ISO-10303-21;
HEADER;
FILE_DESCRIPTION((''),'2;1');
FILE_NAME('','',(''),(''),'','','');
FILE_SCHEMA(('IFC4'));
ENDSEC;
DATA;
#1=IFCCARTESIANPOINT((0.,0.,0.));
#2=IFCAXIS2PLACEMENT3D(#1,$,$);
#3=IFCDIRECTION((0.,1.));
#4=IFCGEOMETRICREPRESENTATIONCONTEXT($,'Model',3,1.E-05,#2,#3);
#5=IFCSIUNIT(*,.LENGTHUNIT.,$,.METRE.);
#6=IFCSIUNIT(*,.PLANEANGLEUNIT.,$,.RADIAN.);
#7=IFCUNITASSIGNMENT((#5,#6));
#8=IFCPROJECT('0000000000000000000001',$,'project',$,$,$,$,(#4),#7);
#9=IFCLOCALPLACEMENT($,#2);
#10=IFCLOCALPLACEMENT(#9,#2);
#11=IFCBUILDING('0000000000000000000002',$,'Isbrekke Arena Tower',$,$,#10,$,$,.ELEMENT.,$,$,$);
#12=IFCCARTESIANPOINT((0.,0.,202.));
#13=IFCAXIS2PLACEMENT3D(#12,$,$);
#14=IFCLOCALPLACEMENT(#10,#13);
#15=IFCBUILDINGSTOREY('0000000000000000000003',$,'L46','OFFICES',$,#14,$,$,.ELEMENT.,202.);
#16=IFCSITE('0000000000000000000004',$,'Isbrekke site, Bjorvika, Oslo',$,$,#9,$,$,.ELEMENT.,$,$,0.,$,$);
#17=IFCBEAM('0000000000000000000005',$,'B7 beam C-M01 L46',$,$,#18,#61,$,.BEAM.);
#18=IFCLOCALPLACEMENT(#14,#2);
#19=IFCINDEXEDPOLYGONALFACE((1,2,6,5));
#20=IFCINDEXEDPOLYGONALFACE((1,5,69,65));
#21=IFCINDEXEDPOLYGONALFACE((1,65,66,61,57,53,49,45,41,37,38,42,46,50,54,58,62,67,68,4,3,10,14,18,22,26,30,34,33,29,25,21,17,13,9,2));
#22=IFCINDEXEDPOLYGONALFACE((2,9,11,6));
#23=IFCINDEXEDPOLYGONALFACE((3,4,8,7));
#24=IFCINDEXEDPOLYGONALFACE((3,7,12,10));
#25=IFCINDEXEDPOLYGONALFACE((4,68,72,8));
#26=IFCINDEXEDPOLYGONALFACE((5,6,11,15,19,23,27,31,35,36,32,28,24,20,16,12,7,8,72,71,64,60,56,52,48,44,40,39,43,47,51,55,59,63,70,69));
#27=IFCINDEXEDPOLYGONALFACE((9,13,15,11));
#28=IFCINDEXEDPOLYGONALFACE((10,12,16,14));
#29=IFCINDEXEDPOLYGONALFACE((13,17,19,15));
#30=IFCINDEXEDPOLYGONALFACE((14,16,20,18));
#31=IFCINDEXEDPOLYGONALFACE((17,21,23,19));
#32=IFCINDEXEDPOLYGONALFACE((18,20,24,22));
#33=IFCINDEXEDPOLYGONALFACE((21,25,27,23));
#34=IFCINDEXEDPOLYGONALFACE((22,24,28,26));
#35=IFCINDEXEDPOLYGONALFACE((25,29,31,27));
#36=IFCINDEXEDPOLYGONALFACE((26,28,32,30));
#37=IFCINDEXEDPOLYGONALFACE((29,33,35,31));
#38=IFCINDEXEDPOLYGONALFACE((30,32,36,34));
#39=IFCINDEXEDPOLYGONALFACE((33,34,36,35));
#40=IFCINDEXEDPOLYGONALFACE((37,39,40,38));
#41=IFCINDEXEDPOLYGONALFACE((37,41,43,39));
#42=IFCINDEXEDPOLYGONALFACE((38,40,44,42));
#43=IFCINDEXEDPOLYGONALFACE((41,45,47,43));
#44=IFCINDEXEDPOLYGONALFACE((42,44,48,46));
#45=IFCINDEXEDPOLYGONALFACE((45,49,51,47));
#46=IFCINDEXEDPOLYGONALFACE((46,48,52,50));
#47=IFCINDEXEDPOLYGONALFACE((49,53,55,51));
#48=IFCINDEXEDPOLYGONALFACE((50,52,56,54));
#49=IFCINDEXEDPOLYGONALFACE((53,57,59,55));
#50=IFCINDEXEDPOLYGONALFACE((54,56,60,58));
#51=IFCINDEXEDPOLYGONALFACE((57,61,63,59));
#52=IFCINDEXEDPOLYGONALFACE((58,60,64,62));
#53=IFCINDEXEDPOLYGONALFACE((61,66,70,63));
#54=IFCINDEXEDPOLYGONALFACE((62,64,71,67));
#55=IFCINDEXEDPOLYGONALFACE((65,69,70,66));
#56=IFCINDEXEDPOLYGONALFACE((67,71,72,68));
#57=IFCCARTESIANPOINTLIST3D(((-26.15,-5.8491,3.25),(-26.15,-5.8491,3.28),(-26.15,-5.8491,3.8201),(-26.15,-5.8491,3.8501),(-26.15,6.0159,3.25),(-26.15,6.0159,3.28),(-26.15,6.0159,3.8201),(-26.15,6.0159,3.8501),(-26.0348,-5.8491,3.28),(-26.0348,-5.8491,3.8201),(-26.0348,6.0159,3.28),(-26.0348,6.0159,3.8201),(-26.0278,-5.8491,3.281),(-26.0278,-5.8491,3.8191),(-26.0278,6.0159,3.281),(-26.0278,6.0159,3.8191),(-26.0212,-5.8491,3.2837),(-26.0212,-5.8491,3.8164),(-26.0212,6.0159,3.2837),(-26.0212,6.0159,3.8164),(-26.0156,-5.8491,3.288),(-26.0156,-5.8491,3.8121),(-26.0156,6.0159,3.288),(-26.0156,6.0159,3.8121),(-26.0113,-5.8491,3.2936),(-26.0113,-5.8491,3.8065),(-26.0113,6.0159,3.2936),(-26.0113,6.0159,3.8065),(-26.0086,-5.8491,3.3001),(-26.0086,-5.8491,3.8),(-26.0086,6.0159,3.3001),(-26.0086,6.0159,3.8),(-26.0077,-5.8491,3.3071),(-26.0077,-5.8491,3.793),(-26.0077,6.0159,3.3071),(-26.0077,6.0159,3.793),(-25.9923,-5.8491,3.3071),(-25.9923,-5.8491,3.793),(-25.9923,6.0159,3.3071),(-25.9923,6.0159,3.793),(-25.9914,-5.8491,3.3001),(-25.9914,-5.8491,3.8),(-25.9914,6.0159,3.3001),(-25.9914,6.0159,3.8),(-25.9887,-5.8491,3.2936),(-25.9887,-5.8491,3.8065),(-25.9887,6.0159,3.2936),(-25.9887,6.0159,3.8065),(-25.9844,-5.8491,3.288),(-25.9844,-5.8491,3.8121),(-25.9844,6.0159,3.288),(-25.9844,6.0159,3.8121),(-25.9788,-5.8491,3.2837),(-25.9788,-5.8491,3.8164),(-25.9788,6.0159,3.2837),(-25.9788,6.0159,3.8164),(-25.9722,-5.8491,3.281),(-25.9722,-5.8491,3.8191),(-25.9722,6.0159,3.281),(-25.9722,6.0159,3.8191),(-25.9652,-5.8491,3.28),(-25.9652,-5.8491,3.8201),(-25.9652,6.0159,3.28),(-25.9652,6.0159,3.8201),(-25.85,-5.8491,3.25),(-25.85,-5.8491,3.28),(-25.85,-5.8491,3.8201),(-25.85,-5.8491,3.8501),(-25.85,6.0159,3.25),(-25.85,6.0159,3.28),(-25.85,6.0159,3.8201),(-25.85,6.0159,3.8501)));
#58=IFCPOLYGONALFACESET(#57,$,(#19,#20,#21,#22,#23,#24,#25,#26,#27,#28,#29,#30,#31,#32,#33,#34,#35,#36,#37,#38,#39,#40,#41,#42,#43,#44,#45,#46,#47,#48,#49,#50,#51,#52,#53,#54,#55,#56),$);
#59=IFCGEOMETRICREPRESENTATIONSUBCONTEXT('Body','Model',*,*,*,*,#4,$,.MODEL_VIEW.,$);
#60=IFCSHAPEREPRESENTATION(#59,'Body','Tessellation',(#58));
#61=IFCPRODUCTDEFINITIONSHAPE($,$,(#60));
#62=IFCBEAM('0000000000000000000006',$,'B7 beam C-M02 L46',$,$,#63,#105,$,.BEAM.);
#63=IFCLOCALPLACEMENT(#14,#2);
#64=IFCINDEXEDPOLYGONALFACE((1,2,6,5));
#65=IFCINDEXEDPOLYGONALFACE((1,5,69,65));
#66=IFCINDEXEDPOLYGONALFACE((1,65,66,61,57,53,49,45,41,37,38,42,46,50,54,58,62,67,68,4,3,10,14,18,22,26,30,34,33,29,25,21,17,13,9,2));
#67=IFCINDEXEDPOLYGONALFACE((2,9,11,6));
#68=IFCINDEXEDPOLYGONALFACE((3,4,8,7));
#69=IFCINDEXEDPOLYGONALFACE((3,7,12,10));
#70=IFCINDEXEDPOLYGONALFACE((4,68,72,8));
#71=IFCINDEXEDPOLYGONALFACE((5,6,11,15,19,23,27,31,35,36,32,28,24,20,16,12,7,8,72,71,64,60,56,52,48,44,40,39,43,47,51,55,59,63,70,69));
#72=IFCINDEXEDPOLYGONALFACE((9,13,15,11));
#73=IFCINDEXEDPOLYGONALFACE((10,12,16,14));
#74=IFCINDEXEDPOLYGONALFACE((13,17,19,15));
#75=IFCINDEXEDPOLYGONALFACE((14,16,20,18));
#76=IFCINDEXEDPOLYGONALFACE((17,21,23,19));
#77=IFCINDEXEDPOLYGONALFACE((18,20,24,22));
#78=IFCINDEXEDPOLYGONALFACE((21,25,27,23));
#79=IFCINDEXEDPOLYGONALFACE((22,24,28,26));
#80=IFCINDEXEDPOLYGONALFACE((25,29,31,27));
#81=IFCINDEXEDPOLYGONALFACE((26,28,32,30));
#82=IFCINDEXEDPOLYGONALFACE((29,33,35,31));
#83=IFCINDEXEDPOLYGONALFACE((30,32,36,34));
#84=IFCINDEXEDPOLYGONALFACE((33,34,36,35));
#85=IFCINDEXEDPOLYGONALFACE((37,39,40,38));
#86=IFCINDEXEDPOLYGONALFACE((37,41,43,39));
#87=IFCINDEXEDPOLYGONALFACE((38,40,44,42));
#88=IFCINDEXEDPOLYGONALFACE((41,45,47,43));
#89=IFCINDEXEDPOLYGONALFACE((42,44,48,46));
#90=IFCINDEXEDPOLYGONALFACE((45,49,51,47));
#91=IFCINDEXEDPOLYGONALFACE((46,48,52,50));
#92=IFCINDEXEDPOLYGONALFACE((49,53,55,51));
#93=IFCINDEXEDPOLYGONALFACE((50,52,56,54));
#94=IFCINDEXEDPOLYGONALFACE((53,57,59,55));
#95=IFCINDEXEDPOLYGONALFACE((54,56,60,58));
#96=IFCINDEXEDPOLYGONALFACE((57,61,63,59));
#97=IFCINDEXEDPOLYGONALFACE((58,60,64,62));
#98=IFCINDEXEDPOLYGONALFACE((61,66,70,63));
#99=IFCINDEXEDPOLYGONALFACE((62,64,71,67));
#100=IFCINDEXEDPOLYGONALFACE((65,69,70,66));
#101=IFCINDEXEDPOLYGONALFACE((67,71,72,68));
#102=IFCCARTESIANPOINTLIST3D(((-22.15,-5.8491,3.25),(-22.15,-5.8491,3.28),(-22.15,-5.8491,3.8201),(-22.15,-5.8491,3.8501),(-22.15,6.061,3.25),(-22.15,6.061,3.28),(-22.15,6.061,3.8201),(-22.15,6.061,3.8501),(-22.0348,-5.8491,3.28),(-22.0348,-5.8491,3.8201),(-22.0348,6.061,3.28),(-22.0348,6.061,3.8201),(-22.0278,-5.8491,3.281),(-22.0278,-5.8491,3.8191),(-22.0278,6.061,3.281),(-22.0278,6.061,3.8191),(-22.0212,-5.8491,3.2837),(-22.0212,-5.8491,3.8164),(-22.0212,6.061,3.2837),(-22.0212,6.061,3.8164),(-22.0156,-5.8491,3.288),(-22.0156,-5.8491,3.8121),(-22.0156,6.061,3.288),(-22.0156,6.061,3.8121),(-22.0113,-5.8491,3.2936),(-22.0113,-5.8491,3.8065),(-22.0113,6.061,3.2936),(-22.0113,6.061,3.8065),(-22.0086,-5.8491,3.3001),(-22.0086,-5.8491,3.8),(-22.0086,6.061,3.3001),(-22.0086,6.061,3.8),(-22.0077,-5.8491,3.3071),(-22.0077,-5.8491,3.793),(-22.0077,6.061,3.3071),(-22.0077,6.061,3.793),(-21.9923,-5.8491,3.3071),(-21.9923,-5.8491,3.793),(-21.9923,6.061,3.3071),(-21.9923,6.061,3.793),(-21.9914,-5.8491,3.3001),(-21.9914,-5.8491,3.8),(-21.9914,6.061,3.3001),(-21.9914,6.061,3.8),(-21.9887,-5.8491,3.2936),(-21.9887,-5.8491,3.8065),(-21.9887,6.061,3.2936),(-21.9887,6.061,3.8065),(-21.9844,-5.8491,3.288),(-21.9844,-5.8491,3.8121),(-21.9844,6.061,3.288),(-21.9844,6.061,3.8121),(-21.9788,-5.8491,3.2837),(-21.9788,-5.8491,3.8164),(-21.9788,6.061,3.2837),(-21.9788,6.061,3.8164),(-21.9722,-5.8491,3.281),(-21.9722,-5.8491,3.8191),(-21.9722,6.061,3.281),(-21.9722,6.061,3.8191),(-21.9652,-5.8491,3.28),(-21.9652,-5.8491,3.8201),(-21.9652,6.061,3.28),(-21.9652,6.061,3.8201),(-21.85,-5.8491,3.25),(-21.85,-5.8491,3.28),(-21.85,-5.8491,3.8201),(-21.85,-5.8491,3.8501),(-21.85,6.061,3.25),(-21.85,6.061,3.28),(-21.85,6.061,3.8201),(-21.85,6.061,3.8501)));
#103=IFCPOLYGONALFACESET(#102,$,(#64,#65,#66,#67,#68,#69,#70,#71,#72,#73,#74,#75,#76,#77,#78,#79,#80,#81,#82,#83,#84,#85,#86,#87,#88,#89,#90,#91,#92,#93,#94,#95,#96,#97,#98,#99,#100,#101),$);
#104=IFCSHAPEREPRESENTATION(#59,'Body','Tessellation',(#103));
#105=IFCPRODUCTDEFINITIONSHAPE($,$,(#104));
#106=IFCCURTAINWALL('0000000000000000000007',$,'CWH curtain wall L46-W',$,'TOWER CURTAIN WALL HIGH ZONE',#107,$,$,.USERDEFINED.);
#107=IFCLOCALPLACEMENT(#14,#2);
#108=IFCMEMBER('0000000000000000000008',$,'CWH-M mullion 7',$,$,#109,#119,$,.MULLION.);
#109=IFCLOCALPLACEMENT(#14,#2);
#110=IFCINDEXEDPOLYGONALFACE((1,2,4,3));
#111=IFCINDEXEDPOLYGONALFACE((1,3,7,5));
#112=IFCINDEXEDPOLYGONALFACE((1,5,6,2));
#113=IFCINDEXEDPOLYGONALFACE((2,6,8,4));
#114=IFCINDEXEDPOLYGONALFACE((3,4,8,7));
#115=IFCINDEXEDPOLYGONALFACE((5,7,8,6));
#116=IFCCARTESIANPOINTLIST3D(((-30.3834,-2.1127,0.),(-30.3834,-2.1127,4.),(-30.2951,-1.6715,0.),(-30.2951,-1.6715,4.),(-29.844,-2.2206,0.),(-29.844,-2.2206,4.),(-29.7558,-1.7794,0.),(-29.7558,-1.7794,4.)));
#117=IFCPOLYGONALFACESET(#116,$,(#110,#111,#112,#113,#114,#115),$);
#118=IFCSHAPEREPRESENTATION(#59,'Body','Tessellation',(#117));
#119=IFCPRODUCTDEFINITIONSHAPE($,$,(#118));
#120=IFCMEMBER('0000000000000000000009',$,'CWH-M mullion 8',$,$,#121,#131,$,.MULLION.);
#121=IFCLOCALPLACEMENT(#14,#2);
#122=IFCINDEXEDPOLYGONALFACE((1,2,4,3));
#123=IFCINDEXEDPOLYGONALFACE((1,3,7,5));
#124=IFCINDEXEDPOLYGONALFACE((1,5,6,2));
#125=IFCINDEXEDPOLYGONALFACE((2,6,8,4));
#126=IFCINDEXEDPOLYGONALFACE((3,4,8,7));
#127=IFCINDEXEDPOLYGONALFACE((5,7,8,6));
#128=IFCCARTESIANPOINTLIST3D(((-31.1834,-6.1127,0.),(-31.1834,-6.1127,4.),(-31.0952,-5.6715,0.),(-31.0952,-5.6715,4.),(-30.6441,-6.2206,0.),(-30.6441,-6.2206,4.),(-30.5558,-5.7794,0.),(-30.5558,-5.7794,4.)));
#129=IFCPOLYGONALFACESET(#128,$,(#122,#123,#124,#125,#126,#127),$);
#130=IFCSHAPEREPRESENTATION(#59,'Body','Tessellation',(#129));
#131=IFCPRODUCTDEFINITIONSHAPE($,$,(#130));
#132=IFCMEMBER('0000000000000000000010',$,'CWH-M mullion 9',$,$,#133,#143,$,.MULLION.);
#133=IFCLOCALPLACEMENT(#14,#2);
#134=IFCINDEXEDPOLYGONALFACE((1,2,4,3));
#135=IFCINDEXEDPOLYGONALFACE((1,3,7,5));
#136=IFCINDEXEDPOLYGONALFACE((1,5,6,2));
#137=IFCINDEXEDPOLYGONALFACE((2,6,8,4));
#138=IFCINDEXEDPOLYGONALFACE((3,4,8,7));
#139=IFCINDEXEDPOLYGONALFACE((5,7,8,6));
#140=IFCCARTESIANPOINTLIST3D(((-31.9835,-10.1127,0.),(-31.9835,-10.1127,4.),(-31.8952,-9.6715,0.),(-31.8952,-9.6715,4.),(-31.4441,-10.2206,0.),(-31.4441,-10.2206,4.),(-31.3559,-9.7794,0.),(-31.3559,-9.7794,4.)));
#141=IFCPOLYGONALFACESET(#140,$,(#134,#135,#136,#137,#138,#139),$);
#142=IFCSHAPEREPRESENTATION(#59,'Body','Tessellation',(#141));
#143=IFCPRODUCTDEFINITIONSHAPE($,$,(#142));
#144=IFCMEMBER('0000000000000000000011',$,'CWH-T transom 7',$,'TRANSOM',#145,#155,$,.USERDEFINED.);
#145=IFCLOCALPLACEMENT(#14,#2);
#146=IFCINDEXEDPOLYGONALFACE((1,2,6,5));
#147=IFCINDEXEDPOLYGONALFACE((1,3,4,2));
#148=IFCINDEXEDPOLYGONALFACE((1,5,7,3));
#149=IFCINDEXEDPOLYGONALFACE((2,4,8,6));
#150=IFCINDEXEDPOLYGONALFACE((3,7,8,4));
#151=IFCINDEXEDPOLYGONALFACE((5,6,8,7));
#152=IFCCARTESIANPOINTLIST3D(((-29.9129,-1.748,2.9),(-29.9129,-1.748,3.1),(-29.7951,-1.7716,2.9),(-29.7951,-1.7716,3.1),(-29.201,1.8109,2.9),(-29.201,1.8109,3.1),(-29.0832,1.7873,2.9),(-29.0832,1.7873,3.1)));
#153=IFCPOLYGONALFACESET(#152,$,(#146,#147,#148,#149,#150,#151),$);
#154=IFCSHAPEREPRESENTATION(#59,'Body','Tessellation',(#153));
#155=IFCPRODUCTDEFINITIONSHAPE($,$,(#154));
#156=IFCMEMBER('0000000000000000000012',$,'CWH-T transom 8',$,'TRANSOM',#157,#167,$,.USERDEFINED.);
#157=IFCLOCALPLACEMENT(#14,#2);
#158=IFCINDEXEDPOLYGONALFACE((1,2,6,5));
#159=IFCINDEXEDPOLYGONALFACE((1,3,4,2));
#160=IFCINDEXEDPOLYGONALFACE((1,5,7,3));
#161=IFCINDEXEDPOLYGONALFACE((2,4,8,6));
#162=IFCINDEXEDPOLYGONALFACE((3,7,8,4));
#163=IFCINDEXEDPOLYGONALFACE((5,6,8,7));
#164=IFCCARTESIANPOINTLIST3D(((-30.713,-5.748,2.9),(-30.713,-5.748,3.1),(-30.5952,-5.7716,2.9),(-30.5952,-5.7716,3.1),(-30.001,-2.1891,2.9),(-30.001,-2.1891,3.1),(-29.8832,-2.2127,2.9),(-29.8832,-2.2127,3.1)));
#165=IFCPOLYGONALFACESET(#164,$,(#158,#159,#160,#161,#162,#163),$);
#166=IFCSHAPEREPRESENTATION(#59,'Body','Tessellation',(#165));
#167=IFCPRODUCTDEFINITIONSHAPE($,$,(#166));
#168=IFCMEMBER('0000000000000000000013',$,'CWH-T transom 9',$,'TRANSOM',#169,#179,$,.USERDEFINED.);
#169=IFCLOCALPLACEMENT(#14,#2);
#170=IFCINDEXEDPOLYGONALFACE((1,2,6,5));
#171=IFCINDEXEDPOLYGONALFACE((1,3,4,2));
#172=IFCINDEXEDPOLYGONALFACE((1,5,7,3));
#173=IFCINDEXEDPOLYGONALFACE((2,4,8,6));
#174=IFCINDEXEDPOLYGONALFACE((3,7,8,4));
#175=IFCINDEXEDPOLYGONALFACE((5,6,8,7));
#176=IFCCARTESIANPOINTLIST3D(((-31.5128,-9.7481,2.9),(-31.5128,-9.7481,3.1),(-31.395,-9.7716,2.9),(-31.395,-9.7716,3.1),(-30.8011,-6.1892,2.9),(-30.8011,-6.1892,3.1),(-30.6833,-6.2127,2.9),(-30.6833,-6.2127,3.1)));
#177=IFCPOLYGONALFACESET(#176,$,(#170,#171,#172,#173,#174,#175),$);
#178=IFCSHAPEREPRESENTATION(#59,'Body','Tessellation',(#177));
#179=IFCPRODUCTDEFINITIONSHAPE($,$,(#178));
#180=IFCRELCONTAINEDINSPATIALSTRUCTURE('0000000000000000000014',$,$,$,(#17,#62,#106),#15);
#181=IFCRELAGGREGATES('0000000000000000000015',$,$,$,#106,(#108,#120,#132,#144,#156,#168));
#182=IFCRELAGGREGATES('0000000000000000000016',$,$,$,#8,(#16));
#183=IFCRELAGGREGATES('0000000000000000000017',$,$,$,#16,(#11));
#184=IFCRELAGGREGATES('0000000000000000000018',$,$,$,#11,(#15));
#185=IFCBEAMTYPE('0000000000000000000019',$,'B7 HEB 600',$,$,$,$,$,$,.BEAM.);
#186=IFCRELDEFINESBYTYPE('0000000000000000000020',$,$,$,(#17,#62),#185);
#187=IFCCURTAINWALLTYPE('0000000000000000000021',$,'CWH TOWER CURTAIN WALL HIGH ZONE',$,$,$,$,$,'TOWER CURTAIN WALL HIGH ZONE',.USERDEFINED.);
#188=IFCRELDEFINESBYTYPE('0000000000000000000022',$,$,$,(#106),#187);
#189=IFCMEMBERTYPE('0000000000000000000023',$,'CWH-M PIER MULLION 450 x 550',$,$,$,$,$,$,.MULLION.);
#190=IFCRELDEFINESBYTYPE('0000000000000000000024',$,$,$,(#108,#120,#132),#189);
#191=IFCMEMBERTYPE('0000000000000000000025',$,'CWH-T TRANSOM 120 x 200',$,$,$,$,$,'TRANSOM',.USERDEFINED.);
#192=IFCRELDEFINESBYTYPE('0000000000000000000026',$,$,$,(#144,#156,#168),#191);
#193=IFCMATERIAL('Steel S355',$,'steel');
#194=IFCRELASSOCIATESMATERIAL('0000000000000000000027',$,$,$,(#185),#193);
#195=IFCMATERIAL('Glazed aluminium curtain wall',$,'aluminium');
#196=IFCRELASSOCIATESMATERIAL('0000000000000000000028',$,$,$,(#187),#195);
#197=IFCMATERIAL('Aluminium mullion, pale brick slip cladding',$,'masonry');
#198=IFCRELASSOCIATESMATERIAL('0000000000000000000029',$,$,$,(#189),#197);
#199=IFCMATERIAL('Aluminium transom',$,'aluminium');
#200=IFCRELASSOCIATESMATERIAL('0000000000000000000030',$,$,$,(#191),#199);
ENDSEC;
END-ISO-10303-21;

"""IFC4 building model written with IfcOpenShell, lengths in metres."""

from ifc_helpers import new_model, si_unit, direction, frame, origin, origin_2d, place, context, subcontext, project, spatial, rectangle, i_section, extrude, material, material_profile, profile_set, type_object, element, aggregate, save


model = new_model("IFC4")

# Units and contexts
model_context = context("Model", 3, precision=1e-05, world=origin(), true_north=direction((0.0, 1.0)))
body_context = subcontext(model_context, "Body", "Model", "MODEL_VIEW")
ifc_project = project(units=[si_unit("LENGTHUNIT", "METRE"), si_unit("PLANEANGLEUNIT", "RADIAN")], contexts=[model_context])

# Site, building, storey
site_placement = place(None, origin())
site = spatial("IfcSite", under=ifc_project, at=site_placement, Name="Isbrekke site, Bjorvika, Oslo", CompositionType="ELEMENT", RefElevation=0.0)
building_placement = place(site_placement, origin())
building = spatial("IfcBuilding", under=site, at=building_placement, Name="Isbrekke Arena Tower", CompositionType="ELEMENT")
storey_placement = place(building_placement, frame((0.0, 0.0, 202.0)))
storey = spatial("IfcBuildingStorey", under=building, at=storey_placement, Name="L46", Description="OFFICES", CompositionType="ELEMENT", Elevation=202.0)

# Beams
ifc_material_1 = material(Name="Steel S355", Category="steel")
ifc_material_profile_1 = material_profile(ifc_material_1, i_section(OverallWidth=0.3, OverallDepth=0.6001, WebThickness=0.0154, FlangeThickness=0.03, FilletRadius=0.0271, at=origin_2d()), Name="HEB 600")
ifc_profile_set_1 = profile_set([ifc_material_profile_1], Name="Steel S355")
beam_type_1 = type_object("IfcBeamType", Name="B7 HEB 600", PredefinedType="BEAM", material=ifc_profile_set_1)
beam_1_placement = place(storey_placement, frame((-26.0, -5.8491, 3.55), z_axis=(0.0, 1.0, 0.0), x_axis=(-1.0, 0.0, 0.0)))
element("IfcBeam", 1, at=beam_1_placement, inside=storey, type_object=beam_type_1, Name="B7 beam C-M01 L46", PredefinedType="BEAM", context=body_context, shape_type="SweptSolid", body=[
    extrude(i_section(OverallWidth=0.3, OverallDepth=0.6001, WebThickness=0.0154, FlangeThickness=0.03, FilletRadius=0.0271, at=origin_2d()), origin(), (0.0, 0.0, 1.0), 11.865),
])
beam_2_placement = place(storey_placement, frame((-22.0, -5.8491, 3.55), z_axis=(0.0, 1.0, 0.0), x_axis=(-1.0, 0.0, 0.0)))
element("IfcBeam", 2, at=beam_2_placement, inside=storey, type_object=beam_type_1, Name="B7 beam C-M02 L46", PredefinedType="BEAM", context=body_context, shape_type="SweptSolid", body=[
    extrude(i_section(OverallWidth=0.3, OverallDepth=0.6001, WebThickness=0.0154, FlangeThickness=0.03, FilletRadius=0.0271, at=origin_2d()), origin(), (0.0, 0.0, 1.0), 11.9102),
])

# Curtain wall, members
ifc_material_2 = material(Name="Glazed aluminium curtain wall", Category="aluminium")
curtain_wall_type = type_object("IfcCurtainWallType", Name="CWH TOWER CURTAIN WALL HIGH ZONE", ElementType="TOWER CURTAIN WALL HIGH ZONE", PredefinedType="USERDEFINED", material=ifc_material_2)
curtain_wall_placement = place(storey_placement, origin())
curtain_wall = element("IfcCurtainWall", 3, at=curtain_wall_placement, inside=storey, type_object=curtain_wall_type, Name="CWH curtain wall L46-W", ObjectType="TOWER CURTAIN WALL HIGH ZONE", PredefinedType="USERDEFINED")
ifc_material_3 = material(Name="Aluminium mullion, pale brick slip cladding", Category="masonry")
ifc_material_profile_2 = material_profile(ifc_material_3, rectangle(XDim=0.45, YDim=0.55, at=origin_2d()), Name="PIER 450X550")
ifc_profile_set_2 = profile_set([ifc_material_profile_2], Name="Aluminium mullion, pale brick slip cladding")
member_type_1 = type_object("IfcMemberType", Name="CWH-M PIER MULLION 450 x 550", PredefinedType="MULLION", material=ifc_profile_set_2)
member_1_placement = place(storey_placement, frame((-30.0696, -1.946, 0.0), z_axis=(0.0, 0.0, 1.0), x_axis=(-0.196116, -0.980581, 0.0)))
member_1 = element("IfcMember", 4, at=member_1_placement, type_object=member_type_1, Name="CWH-M mullion 7", PredefinedType="MULLION", context=body_context, shape_type="SweptSolid", body=[
    extrude(rectangle(XDim=0.45, YDim=0.55, at=origin_2d()), origin(), (0.0, 0.0, 1.0), 4.0),
])
member_2_placement = place(storey_placement, frame((-30.8696, -5.946, 0.0), z_axis=(0.0, 0.0, 1.0), x_axis=(-0.196116, -0.980581, 0.0)))
member_2 = element("IfcMember", 5, at=member_2_placement, type_object=member_type_1, Name="CWH-M mullion 8", PredefinedType="MULLION", context=body_context, shape_type="SweptSolid", body=[
    extrude(rectangle(XDim=0.45, YDim=0.55, at=origin_2d()), origin(), (0.0, 0.0, 1.0), 4.0),
])
member_3_placement = place(storey_placement, frame((-31.6697, -9.946, 0.0), z_axis=(0.0, 0.0, 1.0), x_axis=(-0.196116, -0.980581, 0.0)))
member_3 = element("IfcMember", 6, at=member_3_placement, type_object=member_type_1, Name="CWH-M mullion 9", PredefinedType="MULLION", context=body_context, shape_type="SweptSolid", body=[
    extrude(rectangle(XDim=0.45, YDim=0.55, at=origin_2d()), origin(), (0.0, 0.0, 1.0), 4.0),
])
ifc_material_4 = material(Name="Aluminium transom", Category="aluminium")
ifc_material_profile_3 = material_profile(ifc_material_4, rectangle(XDim=0.1201, YDim=0.2, at=origin_2d()), Name="TRANSOM 120X200")
ifc_profile_set_3 = profile_set([ifc_material_profile_3], Name="Aluminium transom")
member_type_2 = type_object("IfcMemberType", Name="CWH-T TRANSOM 120 x 200", ElementType="TRANSOM", PredefinedType="USERDEFINED", material=ifc_profile_set_3)
member_4_placement = place(storey_placement, frame((-29.1421, 1.7991, 3.0), z_axis=(-0.196155, -0.980573, 0.0), x_axis=(0.980573, -0.196155, 0.0)))
member_4 = element("IfcMember", 7, at=member_4_placement, type_object=member_type_2, Name="CWH-T transom 7", ObjectType="TRANSOM", PredefinedType="USERDEFINED", context=body_context, shape_type="SweptSolid", body=[
    extrude(rectangle(XDim=0.1201, YDim=0.2, at=origin_2d()), origin(), (0.0, 0.0, 1.0), 3.6294),
])
member_5_placement = place(storey_placement, frame((-29.9421, -2.2009, 3.0), z_axis=(-0.196155, -0.980573, 0.0), x_axis=(0.980573, -0.196155, 0.0)))
member_5 = element("IfcMember", 8, at=member_5_placement, type_object=member_type_2, Name="CWH-T transom 8", ObjectType="TRANSOM", PredefinedType="USERDEFINED", context=body_context, shape_type="SweptSolid", body=[
    extrude(rectangle(XDim=0.1201, YDim=0.2, at=origin_2d()), origin(), (0.0, 0.0, 1.0), 3.6294),
])
member_6_placement = place(storey_placement, frame((-30.7422, -6.2009, 3.0), z_axis=(-0.19609, -0.980586, 0.0), x_axis=(0.980586, -0.19609, 0.0)))
member_6 = element("IfcMember", 9, at=member_6_placement, type_object=member_type_2, Name="CWH-T transom 9", ObjectType="TRANSOM", PredefinedType="USERDEFINED", context=body_context, shape_type="SweptSolid", body=[
    extrude(rectangle(XDim=0.1201, YDim=0.2, at=origin_2d()), origin(), (0.0, 0.0, 1.0), 3.6294),
])

aggregate(curtain_wall, [member_1, member_2, member_3, member_4, member_5, member_6])

save(model, "model.ifc")
